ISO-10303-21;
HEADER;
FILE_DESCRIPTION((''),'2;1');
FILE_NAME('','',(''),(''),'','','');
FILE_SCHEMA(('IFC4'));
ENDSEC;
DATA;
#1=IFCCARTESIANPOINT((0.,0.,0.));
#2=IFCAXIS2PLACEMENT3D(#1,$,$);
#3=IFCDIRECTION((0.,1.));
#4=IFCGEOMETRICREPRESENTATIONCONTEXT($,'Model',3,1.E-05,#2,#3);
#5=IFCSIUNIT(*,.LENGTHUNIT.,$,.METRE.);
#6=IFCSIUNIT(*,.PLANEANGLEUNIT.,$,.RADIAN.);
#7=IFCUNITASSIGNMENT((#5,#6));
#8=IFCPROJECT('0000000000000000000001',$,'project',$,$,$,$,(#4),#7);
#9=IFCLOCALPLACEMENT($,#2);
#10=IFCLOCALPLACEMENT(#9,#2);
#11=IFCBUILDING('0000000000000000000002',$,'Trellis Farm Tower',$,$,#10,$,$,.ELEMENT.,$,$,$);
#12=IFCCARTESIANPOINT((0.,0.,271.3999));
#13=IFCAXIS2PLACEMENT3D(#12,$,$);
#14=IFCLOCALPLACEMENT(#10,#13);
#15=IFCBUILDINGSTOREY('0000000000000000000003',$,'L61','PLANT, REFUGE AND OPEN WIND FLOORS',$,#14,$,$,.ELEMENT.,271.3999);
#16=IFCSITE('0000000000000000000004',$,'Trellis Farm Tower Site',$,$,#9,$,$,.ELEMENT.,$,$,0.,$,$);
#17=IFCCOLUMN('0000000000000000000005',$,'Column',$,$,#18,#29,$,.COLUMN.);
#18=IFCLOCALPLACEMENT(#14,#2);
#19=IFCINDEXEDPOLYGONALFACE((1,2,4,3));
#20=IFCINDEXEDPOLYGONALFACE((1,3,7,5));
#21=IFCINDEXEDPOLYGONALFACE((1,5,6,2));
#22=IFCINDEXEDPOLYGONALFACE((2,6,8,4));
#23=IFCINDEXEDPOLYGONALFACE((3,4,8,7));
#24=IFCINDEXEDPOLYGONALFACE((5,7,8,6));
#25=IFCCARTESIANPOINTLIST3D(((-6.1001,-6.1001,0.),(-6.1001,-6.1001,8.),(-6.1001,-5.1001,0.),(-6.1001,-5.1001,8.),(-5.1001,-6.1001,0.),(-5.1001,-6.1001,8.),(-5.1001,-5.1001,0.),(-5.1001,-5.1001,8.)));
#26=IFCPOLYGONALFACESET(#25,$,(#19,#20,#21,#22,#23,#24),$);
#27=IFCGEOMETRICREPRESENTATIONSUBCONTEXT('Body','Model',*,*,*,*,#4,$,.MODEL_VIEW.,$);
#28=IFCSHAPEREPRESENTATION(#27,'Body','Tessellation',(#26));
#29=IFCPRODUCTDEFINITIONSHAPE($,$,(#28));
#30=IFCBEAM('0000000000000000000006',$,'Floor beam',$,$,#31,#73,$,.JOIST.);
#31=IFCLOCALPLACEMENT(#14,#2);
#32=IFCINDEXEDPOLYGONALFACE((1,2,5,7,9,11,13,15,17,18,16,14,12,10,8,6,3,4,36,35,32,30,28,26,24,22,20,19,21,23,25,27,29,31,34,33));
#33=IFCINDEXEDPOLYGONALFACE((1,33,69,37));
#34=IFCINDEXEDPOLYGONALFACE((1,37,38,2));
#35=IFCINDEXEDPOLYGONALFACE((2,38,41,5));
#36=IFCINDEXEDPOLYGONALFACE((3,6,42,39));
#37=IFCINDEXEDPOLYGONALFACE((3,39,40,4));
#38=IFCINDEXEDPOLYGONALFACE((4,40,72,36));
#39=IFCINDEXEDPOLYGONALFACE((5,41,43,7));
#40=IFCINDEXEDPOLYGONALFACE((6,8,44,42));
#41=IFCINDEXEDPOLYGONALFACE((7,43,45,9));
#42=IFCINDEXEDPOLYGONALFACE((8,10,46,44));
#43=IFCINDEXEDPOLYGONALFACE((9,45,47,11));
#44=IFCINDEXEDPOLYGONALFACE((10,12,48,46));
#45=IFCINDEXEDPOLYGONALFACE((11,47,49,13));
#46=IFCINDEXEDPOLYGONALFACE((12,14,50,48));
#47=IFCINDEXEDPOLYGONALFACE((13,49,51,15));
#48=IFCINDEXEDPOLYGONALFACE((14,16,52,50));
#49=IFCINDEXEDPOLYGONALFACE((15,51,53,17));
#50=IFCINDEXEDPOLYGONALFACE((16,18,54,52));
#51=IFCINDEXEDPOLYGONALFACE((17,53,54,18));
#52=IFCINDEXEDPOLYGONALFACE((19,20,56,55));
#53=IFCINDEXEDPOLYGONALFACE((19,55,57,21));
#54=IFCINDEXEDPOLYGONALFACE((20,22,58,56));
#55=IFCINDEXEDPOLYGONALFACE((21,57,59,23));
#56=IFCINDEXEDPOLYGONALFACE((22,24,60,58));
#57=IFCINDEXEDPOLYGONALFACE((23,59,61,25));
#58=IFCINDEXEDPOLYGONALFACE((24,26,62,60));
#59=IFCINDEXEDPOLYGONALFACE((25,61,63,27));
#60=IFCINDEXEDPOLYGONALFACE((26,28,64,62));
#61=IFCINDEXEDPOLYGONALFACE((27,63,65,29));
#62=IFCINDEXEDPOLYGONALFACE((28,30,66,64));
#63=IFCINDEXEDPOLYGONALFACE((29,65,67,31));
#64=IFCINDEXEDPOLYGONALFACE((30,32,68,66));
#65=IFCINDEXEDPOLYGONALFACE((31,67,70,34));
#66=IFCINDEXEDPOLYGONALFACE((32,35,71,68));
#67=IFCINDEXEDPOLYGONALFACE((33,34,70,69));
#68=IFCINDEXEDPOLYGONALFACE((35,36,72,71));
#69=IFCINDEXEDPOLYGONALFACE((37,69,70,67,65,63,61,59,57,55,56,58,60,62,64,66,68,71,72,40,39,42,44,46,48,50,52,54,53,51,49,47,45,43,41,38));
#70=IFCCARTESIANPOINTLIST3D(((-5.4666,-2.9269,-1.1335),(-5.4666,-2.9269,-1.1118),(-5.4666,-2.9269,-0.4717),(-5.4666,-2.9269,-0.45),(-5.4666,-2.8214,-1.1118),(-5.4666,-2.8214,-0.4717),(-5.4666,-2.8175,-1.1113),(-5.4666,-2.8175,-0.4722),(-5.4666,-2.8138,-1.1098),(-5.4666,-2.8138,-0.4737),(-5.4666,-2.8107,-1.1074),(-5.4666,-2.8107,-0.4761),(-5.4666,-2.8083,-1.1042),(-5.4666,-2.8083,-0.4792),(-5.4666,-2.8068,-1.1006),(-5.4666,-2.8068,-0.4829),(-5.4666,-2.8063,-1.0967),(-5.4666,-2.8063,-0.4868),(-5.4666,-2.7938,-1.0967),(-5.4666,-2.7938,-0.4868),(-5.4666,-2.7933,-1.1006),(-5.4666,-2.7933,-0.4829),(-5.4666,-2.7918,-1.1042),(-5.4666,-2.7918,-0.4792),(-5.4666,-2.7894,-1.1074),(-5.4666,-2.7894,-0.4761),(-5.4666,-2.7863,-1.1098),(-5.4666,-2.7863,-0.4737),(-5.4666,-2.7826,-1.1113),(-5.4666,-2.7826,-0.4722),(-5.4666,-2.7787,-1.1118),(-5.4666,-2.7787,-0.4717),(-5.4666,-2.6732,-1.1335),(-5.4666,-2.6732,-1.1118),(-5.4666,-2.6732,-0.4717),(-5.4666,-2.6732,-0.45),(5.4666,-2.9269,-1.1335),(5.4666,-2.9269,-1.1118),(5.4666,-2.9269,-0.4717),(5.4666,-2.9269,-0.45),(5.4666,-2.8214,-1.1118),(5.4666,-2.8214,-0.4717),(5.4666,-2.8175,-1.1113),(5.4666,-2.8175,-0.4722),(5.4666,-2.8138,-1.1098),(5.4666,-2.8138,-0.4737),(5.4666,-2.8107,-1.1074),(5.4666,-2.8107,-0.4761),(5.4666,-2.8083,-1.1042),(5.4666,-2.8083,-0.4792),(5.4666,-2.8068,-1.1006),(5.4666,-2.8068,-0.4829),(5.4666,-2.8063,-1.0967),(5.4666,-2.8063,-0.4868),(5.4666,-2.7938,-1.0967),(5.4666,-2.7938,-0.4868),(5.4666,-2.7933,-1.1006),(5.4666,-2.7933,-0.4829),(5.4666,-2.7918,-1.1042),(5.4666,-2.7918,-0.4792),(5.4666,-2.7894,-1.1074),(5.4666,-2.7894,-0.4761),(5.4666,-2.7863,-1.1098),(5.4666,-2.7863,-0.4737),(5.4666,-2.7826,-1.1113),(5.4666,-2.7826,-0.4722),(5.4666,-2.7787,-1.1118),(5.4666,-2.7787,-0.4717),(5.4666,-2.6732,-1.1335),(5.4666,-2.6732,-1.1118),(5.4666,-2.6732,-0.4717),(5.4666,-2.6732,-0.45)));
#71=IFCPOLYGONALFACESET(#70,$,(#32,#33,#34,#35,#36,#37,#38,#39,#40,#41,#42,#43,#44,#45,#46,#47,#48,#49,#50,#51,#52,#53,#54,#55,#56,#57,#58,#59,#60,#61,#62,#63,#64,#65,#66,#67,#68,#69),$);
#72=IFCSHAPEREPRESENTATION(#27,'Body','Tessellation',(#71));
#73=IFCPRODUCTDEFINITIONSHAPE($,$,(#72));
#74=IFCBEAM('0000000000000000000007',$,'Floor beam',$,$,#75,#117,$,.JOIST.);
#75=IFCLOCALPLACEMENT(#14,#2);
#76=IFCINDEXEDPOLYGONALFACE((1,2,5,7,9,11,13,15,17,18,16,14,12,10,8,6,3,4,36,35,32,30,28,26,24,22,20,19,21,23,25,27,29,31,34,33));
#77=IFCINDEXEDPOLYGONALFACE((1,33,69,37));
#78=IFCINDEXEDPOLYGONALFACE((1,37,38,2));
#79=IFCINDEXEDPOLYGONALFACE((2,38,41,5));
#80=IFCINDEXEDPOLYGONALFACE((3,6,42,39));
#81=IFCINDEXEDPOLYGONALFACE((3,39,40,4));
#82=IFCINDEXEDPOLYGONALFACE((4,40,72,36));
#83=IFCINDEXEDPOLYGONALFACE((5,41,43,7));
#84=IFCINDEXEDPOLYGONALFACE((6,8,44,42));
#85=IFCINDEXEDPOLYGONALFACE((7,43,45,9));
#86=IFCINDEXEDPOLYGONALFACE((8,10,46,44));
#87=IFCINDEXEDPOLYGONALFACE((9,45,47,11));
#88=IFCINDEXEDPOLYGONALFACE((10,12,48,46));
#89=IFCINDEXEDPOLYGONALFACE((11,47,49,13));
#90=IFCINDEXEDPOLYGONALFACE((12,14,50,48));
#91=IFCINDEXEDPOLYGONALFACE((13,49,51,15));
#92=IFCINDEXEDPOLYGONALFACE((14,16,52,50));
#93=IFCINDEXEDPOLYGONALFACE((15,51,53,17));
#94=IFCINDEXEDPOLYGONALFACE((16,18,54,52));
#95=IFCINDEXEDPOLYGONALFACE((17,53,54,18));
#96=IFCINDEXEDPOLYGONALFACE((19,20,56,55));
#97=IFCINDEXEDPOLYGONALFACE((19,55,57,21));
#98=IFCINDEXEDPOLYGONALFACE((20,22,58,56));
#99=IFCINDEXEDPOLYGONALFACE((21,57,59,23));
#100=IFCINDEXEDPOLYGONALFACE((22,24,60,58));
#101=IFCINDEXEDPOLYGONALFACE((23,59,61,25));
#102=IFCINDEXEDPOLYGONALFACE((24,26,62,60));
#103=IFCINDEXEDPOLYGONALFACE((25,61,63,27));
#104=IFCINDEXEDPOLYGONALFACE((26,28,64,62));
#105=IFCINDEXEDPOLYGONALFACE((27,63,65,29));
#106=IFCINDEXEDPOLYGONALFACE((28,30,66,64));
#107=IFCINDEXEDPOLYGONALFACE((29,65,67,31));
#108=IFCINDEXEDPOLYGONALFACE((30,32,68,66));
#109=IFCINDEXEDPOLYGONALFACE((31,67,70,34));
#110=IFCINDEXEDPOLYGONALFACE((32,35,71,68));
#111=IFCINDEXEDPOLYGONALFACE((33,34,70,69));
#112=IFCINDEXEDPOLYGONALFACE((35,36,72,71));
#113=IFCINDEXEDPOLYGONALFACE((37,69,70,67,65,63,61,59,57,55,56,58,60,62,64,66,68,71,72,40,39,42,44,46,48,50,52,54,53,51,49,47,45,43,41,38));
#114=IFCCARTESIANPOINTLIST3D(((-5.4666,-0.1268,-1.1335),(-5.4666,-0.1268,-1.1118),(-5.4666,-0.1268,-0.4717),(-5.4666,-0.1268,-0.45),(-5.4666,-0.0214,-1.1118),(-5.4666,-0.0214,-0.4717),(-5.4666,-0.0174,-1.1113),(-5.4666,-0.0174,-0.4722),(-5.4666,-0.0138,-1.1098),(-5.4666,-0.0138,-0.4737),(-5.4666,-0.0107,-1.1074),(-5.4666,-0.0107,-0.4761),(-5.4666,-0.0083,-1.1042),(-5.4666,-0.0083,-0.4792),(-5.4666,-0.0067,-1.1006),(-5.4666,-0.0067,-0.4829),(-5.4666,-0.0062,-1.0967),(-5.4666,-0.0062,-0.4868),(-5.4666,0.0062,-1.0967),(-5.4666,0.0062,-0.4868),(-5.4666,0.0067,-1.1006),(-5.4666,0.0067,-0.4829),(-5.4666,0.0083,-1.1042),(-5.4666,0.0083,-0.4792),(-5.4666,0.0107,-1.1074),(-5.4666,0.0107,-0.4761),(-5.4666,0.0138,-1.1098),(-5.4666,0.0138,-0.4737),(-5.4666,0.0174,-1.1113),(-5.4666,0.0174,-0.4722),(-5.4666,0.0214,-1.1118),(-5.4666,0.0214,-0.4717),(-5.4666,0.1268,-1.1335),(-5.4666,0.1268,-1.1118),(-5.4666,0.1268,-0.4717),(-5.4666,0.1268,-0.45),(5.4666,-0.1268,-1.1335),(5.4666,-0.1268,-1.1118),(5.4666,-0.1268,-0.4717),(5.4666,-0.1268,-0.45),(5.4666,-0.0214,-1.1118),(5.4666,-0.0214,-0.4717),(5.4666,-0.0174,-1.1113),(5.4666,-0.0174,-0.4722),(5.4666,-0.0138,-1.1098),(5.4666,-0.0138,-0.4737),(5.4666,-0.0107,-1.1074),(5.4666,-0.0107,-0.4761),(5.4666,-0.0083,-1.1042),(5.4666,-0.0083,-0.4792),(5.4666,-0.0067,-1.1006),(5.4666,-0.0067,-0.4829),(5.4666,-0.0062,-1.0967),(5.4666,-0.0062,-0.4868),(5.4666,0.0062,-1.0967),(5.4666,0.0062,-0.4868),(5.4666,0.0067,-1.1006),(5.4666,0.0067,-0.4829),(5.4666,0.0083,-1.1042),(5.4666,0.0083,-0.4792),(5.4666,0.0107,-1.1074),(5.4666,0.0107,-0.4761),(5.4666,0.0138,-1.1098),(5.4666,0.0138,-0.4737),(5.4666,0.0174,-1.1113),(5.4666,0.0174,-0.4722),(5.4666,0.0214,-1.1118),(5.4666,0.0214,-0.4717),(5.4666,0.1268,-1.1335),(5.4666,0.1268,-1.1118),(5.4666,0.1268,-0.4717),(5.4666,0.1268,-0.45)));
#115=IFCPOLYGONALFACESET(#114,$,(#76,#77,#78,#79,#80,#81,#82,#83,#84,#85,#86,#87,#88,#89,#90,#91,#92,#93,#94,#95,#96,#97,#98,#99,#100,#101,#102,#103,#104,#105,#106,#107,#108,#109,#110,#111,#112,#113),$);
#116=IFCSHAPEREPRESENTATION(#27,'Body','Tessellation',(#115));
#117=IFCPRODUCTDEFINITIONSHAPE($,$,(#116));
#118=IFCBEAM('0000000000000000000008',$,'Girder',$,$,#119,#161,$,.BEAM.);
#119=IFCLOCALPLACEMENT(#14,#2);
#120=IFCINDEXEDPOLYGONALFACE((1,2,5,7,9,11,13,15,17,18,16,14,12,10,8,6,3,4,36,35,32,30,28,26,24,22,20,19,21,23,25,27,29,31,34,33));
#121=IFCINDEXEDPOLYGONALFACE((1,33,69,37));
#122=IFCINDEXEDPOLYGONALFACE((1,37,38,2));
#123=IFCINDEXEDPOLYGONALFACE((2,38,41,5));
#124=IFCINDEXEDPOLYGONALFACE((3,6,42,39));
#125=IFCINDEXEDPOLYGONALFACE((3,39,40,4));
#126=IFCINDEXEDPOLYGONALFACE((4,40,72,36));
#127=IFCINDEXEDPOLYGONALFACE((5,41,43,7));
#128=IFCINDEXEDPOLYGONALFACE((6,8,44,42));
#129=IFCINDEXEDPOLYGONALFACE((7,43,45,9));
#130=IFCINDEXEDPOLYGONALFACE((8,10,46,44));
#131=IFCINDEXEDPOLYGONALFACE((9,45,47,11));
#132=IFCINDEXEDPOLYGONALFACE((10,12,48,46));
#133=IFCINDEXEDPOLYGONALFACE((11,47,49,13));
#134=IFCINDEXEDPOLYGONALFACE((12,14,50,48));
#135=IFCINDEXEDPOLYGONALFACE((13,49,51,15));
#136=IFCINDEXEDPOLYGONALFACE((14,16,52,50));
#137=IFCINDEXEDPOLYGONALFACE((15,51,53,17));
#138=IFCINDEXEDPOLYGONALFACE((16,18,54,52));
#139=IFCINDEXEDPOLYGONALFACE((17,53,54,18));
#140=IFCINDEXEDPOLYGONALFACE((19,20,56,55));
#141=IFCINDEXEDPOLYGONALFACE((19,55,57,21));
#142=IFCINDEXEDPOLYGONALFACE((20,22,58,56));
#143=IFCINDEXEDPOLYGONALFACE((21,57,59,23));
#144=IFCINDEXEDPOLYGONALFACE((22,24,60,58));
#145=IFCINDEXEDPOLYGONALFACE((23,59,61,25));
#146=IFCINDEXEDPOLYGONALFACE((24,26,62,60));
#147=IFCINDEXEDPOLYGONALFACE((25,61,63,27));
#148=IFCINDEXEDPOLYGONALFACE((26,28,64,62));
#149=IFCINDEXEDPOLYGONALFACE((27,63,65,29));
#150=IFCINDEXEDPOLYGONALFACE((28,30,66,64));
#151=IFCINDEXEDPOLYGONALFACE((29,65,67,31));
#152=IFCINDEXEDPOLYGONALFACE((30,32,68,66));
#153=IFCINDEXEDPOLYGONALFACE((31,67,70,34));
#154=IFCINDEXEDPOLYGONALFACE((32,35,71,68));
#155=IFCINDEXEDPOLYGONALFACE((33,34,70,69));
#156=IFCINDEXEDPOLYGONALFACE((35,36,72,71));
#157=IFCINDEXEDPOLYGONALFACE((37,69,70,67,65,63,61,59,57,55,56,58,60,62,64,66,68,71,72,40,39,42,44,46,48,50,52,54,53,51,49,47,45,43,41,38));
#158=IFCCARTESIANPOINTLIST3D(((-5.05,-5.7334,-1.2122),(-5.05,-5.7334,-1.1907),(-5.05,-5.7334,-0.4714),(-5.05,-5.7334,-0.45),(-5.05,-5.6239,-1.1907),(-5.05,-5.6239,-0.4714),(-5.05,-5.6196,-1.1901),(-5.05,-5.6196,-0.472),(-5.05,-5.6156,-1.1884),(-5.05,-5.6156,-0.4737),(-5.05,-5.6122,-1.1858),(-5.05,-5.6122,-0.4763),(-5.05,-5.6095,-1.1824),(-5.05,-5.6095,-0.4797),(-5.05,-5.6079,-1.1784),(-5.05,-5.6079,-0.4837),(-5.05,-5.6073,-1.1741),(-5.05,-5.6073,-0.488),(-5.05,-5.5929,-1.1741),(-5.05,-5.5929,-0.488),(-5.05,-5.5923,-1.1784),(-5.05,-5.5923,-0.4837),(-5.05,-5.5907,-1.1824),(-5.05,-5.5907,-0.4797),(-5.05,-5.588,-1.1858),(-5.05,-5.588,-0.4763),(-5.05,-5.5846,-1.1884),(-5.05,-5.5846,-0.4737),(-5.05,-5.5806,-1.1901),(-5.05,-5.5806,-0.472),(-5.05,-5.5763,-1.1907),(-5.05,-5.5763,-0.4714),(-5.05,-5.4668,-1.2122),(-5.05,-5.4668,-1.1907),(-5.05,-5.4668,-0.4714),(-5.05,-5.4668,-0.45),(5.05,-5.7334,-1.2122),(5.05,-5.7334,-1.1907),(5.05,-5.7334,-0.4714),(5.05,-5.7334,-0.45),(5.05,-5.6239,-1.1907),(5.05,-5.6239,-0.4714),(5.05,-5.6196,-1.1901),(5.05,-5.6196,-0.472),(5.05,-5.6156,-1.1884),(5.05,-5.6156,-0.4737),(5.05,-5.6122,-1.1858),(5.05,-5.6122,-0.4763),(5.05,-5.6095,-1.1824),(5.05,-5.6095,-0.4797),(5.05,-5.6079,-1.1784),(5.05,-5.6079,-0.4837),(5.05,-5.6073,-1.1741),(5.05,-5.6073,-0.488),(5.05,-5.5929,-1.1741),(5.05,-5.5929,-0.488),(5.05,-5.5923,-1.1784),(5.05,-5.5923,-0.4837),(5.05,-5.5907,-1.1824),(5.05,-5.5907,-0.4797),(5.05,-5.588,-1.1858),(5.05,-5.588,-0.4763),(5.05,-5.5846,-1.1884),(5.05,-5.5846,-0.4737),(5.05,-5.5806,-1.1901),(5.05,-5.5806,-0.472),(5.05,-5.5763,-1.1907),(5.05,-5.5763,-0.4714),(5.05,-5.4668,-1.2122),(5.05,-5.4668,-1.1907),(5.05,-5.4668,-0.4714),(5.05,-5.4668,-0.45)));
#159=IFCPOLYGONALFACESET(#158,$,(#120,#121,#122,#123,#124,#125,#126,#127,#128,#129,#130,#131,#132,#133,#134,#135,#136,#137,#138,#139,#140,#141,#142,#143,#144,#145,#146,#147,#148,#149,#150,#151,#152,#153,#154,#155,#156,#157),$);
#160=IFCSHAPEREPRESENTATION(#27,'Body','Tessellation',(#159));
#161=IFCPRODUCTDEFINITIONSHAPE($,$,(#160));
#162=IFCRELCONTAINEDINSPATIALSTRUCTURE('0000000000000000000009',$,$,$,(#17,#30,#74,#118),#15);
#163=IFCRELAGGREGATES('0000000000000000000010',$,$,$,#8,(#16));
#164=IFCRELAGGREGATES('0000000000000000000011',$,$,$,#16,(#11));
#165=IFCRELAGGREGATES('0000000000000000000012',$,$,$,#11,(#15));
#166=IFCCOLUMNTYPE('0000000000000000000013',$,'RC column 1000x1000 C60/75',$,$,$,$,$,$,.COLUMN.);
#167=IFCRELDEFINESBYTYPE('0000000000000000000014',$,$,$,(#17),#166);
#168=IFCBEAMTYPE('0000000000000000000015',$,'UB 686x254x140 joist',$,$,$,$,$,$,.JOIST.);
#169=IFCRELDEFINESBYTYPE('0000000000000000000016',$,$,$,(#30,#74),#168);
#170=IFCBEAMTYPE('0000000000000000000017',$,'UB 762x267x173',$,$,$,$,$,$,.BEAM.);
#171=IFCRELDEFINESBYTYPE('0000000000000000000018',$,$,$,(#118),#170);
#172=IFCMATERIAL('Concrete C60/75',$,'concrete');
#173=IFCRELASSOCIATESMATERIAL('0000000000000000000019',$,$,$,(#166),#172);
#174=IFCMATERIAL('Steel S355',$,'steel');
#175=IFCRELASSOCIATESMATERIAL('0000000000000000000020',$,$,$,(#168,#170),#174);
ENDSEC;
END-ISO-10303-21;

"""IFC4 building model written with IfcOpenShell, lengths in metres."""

from ifc_helpers import new_model, si_unit, direction, frame, origin, origin_2d, place, context, subcontext, project, spatial, rectangle, i_section, extrude, source, transform, mapped, material, material_profile, profile_set, type_object, element, save


model = new_model("IFC4")

# Units and contexts
model_context = context("Model", 3, precision=1e-05, world=origin(), true_north=direction((0.0, 1.0)))
body_context = subcontext(model_context, "Body", "Model", "MODEL_VIEW")
ifc_project = project(units=[si_unit("LENGTHUNIT", "METRE"), si_unit("PLANEANGLEUNIT", "RADIAN")], contexts=[model_context])

# Site, building, storey
site_placement = place(None, origin())
site = spatial("IfcSite", under=ifc_project, at=site_placement, Name="Trellis Farm Tower Site", CompositionType="ELEMENT", RefElevation=0.0)
building_placement = place(site_placement, origin())
building = spatial("IfcBuilding", under=site, at=building_placement, Name="Trellis Farm Tower", CompositionType="ELEMENT")
storey_placement = place(building_placement, frame((0.0, 0.0, 271.3999)))
storey = spatial("IfcBuildingStorey", under=building, at=storey_placement, Name="L61", Description="PLANT, REFUGE AND OPEN WIND FLOORS", CompositionType="ELEMENT", Elevation=271.3999)

# Column
ifc_material_1 = material(Name="Concrete C60/75", Category="concrete")
ifc_material_profile_1 = material_profile(ifc_material_1, rectangle(XDim=1.0, YDim=1.0, at=origin_2d()), Name="RC column 1000x1000 C60/75")
ifc_profile_set_1 = profile_set([ifc_material_profile_1], Name="Concrete C60/75")
column_type = type_object("IfcColumnType", Name="RC column 1000x1000 C60/75", PredefinedType="COLUMN", material=ifc_profile_set_1)
shared_shape_1 = source(origin(), body_context, "Body", "SweptSolid", [
    extrude(rectangle(XDim=1.0, YDim=1.0, at=origin_2d()), origin(), (0.0, 0.0, 1.0), 8.0),
])
column_placement = place(storey_placement, frame((-5.6001, -5.6001, 0.0), z_axis=(0.0, 0.0, 1.0), x_axis=(1.0, 0.0, 0.0)))
element("IfcColumn", 1, at=column_placement, inside=storey, type_object=column_type, Name="Column", PredefinedType="COLUMN", context=body_context, shape_type="MappedRepresentation", body=[
    mapped(shared_shape_1, transform((0.0, 0.0, 0.0))),
])

# Beams
ifc_material_2 = material(Name="Steel S355", Category="steel")
ifc_material_profile_2 = material_profile(ifc_material_2, i_section(OverallWidth=0.2537, OverallDepth=0.6836, WebThickness=0.0125, FlangeThickness=0.0217, FilletRadius=0.0151, at=origin_2d()), Name="UB 686x254x140")
ifc_profile_set_2 = profile_set([ifc_material_profile_2], Name="Steel S355")
beam_type_1 = type_object("IfcBeamType", Name="UB 686x254x140 joist", PredefinedType="JOIST", material=ifc_profile_set_2)
shared_shape_2 = source(origin(), body_context, "Body", "SweptSolid", [
    extrude(i_section(OverallWidth=0.2537, OverallDepth=0.6836, WebThickness=0.0125, FlangeThickness=0.0217, FilletRadius=0.0151, at=origin_2d()), origin(), (0.0, 0.0, 1.0), 10.9331),
])
for number, where, z_axis, x_axis, name in (
    (2, (-5.4666, -2.8, -0.7917), (1.0, 0.0, 0.0), (0.0, 1.0, 0.0), "Floor beam"),
    (3, (-5.4666, 0.0, -0.7917), (1.0, 0.0, 0.0), (0.0, 1.0, 0.0), "Floor beam"),
):
    element("IfcBeam", number, at=place(storey_placement, frame(where, z_axis=z_axis, x_axis=x_axis)), inside=storey, type_object=beam_type_1, Name=name, PredefinedType="JOIST", context=body_context, shape_type="MappedRepresentation", body=[
        mapped(shared_shape_2, transform((0.0, 0.0, 0.0))),
    ])
ifc_material_profile_3 = material_profile(ifc_material_2, i_section(OverallWidth=0.2666, OverallDepth=0.7622, WebThickness=0.0144, FlangeThickness=0.0215, FilletRadius=0.0166, at=origin_2d()), Name="UB 762x267x173")
ifc_profile_set_3 = profile_set([ifc_material_profile_3], Name="Steel S355")
beam_type_2 = type_object("IfcBeamType", Name="UB 762x267x173", PredefinedType="BEAM", material=ifc_profile_set_3)
shared_shape_3 = source(origin(), body_context, "Body", "SweptSolid", [
    extrude(i_section(OverallWidth=0.2666, OverallDepth=0.7622, WebThickness=0.0144, FlangeThickness=0.0215, FilletRadius=0.0166, at=origin_2d()), origin(), (0.0, 0.0, 1.0), 10.1001),
])
for number, where, z_axis, x_axis, name in (
    (4, (-5.05, -5.6001, -0.8311), (1.0, 0.0, 0.0), (0.0, 1.0, 0.0), "Girder"),
):
    element("IfcBeam", number, at=place(storey_placement, frame(where, z_axis=z_axis, x_axis=x_axis)), inside=storey, type_object=beam_type_2, Name=name, PredefinedType="BEAM", context=body_context, shape_type="MappedRepresentation", body=[
        mapped(shared_shape_3, transform((0.0, 0.0, 0.0))),
    ])

save(model, "model.ifc")
